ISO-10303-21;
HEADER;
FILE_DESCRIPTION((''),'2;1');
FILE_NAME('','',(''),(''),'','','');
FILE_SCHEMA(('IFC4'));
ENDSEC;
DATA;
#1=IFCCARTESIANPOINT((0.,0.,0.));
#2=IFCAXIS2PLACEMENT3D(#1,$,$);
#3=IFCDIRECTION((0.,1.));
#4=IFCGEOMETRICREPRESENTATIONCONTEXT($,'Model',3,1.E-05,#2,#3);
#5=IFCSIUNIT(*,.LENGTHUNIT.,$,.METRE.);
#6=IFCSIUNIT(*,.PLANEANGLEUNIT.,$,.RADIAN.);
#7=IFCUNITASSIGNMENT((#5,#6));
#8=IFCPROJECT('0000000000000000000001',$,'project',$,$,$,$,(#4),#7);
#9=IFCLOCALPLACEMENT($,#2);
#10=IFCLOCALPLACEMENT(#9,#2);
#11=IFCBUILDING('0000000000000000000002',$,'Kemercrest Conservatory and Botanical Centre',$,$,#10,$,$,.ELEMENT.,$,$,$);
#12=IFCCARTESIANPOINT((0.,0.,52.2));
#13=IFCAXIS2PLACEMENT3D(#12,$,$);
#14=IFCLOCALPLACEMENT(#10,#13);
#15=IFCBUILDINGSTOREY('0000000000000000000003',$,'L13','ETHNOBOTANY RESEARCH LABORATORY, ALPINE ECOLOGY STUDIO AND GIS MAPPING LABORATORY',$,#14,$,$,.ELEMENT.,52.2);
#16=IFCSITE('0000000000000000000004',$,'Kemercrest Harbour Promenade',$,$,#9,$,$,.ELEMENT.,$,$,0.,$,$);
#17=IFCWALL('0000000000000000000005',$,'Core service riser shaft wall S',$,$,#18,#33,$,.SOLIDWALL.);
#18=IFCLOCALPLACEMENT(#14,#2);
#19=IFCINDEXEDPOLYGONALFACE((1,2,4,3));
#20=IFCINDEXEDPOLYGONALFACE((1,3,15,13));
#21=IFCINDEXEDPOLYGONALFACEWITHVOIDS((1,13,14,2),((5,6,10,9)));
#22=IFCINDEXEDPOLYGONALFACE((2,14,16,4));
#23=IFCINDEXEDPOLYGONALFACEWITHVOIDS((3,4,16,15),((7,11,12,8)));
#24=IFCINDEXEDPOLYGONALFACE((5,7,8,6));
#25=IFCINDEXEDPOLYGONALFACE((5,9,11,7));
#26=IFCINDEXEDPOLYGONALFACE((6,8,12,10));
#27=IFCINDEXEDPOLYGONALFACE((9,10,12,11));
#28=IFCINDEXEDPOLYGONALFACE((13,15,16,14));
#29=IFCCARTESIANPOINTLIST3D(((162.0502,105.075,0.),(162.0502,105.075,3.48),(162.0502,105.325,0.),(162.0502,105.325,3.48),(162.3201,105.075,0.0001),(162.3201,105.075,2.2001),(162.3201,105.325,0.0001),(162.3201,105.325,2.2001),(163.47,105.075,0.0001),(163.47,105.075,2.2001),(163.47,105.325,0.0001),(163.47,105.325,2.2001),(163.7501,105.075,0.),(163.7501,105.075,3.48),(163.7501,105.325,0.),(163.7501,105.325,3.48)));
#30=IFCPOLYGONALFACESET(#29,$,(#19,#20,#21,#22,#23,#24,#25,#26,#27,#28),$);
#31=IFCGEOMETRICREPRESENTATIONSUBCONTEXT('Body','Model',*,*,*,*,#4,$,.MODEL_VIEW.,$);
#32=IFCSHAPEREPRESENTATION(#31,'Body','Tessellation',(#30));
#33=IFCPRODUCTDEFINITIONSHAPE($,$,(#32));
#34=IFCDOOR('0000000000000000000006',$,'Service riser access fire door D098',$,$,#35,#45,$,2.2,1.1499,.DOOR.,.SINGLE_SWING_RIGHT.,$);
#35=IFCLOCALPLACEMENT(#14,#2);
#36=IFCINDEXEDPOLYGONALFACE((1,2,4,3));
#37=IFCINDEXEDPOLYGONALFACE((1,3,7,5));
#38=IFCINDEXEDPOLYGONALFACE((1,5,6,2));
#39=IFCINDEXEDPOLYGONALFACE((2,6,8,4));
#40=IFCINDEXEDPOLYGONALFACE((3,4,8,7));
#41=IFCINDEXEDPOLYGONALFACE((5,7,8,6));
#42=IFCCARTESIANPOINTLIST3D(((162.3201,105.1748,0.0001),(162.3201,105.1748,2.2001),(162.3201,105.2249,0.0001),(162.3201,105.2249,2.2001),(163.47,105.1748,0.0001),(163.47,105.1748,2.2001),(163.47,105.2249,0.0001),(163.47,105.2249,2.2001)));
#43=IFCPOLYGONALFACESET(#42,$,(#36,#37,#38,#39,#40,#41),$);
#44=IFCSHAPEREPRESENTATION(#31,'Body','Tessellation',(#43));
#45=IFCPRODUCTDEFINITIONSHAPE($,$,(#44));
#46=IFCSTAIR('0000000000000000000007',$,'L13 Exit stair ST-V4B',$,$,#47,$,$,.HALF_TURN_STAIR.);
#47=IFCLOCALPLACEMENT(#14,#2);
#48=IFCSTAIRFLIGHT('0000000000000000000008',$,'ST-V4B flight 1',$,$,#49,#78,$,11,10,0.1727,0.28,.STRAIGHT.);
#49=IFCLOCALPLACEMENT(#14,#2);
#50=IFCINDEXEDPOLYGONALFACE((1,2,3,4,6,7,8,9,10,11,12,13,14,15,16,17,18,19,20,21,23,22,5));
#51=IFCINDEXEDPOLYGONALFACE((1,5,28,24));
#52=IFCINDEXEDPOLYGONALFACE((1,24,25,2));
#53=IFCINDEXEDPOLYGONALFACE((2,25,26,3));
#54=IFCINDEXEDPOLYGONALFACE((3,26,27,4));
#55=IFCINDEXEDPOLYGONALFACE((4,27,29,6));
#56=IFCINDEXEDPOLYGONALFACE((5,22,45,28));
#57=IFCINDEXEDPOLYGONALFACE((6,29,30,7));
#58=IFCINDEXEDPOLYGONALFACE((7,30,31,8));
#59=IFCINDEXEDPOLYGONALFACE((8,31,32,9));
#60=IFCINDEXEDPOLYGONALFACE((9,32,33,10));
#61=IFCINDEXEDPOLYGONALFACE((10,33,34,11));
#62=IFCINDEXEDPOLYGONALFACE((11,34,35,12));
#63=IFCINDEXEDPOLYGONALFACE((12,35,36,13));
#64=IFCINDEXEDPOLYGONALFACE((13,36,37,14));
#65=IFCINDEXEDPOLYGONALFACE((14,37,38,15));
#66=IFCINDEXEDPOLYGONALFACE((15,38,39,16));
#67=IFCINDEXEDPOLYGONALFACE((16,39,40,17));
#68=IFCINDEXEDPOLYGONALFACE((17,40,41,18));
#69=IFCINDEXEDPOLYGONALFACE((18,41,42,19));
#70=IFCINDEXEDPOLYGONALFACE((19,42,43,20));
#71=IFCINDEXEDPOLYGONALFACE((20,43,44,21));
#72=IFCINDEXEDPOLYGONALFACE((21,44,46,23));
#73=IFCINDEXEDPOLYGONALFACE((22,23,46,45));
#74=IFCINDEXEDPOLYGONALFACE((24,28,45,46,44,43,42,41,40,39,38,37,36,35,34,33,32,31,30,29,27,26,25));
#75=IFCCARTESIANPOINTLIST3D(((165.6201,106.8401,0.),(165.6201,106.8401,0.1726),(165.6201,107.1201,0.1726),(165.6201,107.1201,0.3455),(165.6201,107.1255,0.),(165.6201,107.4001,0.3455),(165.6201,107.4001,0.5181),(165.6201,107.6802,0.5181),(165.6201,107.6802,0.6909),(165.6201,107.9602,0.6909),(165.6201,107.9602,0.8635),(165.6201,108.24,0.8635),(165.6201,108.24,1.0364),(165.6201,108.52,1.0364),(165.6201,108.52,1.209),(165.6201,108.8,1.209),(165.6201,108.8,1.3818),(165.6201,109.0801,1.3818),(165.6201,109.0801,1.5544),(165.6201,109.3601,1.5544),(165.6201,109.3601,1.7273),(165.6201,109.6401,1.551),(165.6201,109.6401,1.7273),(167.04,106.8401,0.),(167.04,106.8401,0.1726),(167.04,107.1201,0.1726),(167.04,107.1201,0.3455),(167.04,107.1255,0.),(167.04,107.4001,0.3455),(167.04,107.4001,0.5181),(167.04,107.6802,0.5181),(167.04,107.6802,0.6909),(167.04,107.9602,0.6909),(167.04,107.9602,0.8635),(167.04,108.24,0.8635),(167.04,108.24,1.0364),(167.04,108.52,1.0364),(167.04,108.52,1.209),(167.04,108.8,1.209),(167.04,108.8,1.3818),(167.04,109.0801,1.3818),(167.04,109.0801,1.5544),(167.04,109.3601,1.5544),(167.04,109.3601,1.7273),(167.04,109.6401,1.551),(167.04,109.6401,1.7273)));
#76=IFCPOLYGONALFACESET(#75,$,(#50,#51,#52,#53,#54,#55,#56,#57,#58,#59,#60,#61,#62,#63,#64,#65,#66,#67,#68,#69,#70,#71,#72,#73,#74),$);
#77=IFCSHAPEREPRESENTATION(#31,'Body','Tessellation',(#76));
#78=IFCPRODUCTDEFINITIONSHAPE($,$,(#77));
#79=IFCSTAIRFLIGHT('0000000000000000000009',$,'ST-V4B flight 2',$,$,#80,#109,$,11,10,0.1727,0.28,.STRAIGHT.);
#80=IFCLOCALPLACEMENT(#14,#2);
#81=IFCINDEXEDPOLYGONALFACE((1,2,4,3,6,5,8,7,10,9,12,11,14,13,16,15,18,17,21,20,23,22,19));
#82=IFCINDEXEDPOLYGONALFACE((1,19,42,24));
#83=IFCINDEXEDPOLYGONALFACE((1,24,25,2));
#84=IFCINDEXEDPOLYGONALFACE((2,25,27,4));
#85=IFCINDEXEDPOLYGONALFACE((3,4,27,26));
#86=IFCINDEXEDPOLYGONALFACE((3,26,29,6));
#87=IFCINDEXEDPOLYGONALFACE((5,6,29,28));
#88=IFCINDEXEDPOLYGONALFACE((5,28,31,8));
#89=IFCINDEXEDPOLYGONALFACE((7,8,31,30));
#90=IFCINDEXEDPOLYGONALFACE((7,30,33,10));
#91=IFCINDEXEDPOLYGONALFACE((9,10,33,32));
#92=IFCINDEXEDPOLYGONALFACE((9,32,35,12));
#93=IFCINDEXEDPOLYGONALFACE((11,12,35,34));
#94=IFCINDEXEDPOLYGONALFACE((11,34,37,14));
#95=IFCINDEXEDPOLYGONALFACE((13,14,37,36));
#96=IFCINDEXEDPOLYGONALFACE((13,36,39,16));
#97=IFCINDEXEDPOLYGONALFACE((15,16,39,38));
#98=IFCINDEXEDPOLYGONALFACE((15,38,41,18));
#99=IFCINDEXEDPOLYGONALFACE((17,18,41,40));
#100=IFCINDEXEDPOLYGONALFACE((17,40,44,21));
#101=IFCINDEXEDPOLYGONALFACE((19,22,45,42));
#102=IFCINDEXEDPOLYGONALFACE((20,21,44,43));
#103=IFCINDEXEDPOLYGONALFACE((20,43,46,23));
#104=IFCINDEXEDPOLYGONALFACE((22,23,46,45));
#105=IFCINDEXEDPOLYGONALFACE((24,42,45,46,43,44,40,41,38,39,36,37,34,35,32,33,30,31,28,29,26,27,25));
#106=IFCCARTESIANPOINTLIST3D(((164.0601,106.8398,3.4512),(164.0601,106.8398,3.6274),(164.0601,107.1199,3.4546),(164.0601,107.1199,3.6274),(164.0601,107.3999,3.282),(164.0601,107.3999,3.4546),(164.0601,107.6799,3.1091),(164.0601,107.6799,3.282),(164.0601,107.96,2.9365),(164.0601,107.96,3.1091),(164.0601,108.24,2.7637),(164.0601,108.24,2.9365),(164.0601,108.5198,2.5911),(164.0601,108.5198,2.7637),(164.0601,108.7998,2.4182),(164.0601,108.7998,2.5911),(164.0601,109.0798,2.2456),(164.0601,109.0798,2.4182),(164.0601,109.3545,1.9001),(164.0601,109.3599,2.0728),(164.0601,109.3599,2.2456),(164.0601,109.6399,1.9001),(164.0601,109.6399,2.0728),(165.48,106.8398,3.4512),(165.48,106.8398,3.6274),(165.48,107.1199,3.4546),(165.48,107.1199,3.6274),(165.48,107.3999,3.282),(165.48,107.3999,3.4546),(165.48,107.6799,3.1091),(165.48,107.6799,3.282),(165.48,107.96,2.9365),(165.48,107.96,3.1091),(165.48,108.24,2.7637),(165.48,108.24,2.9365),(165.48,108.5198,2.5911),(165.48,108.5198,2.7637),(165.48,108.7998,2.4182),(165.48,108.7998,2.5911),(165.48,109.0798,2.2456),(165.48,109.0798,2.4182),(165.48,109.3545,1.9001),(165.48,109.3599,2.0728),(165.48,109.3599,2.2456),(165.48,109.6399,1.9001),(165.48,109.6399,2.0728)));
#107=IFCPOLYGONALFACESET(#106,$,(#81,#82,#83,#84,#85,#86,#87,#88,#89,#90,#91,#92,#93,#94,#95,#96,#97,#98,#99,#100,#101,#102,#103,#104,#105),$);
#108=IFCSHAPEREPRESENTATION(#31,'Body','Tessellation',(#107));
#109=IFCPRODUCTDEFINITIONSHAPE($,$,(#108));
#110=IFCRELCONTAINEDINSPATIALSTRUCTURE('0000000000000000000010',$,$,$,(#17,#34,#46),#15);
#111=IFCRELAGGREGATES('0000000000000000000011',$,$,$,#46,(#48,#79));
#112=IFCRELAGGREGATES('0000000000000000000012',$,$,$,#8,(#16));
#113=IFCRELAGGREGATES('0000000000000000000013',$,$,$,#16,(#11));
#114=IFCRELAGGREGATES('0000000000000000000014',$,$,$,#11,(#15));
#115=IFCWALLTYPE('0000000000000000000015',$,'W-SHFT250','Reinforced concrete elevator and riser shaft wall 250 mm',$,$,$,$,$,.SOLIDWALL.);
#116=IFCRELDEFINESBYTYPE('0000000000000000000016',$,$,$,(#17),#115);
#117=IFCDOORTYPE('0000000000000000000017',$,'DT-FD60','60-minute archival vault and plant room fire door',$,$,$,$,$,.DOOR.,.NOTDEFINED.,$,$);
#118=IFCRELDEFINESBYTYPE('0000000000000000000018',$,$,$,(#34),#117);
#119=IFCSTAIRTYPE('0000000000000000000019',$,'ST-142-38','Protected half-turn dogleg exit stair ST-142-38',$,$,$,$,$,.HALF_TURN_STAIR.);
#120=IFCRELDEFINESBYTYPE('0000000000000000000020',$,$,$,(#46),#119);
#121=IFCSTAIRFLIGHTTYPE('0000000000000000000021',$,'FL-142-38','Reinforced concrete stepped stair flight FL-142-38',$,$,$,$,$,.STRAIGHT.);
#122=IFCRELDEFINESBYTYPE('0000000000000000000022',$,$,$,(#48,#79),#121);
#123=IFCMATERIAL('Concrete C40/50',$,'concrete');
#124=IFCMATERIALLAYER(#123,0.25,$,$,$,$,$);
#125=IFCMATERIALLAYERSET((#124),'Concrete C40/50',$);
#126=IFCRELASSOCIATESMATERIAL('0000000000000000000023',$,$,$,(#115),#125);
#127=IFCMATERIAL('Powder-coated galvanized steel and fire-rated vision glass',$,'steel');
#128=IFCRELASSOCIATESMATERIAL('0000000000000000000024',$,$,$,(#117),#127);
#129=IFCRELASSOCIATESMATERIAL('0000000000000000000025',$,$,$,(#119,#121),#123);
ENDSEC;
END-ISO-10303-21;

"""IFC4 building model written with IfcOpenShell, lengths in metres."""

from ifc_helpers import new_model, si_unit, direction, frame, frame_2d, origin, place, context, subcontext, project, spatial, polyline, rectangle, outline, extrude, material, layer, layer_set, type_object, element, fill, aggregate, save


model = new_model("IFC4")

# Units and contexts
model_context = context("Model", 3, precision=1e-05, world=origin(), true_north=direction((0.0, 1.0)))
body_context = subcontext(model_context, "Body", "Model", "MODEL_VIEW")
ifc_project = project(units=[si_unit("LENGTHUNIT", "METRE"), si_unit("PLANEANGLEUNIT", "RADIAN")], contexts=[model_context])

# Site, building, storey
site_placement = place(None, origin())
site = spatial("IfcSite", under=ifc_project, at=site_placement, Name="Kemercrest Harbour Promenade", CompositionType="ELEMENT", RefElevation=0.0)
building_placement = place(site_placement, origin())
building = spatial("IfcBuilding", under=site, at=building_placement, Name="Kemercrest Conservatory and Botanical Centre", CompositionType="ELEMENT")
storey_placement = place(building_placement, frame((0.0, 0.0, 52.2)))
storey = spatial("IfcBuildingStorey", under=building, at=storey_placement, Name="L13", Description="ETHNOBOTANY RESEARCH LABORATORY, ALPINE ECOLOGY STUDIO AND GIS MAPPING LABORATORY", CompositionType="ELEMENT", Elevation=52.2)

# Shared definitions
ifc_material_1 = material(Name="Powder-coated galvanized steel and fire-rated vision glass", Category="steel")

# Shared definitions
ifc_material_2 = material(Name="Concrete C40/50", Category="concrete")
ifc_layer_1 = layer(ifc_material_2, 0.25)
ifc_layer_set_1 = layer_set([ifc_layer_1], Name="Concrete C40/50")
wall_type_1 = type_object("IfcWallType", Name="W-SHFT250", Description="Reinforced concrete elevator and riser shaft wall 250 mm", PredefinedType="SOLIDWALL", material=ifc_layer_set_1)

# Wall, opening, door
wall_1_placement = place(storey_placement, frame((162.05, 105.2, 0.0), z_axis=(0.0, 0.0, 1.0), x_axis=(1.0, 0.0, 0.0)))
wall_1 = element("IfcWall", 1, at=wall_1_placement, inside=storey, type_object=wall_type_1, Name="Core service riser shaft wall S", PredefinedType="SOLIDWALL", context=body_context, shape_type="SweptSolid", body=[
    extrude(rectangle(XDim=1.7, YDim=0.25, at=frame_2d((0.8501, 0.0))), origin(), (0.0, 0.0, 1.0), 3.48),
])
opening_1_placement = place(wall_1_placement, frame((0.27, 0.0, 0.0)))
opening_1 = element("IfcOpeningElement", 2, at=opening_1_placement, cuts=wall_1, PredefinedType="OPENING", context=body_context, shape_type="SweptSolid", body=[
    extrude(rectangle(XDim=1.1499, YDim=2.2, at=frame_2d((0.575, 1.1001))), frame((0.0, 0.135, 0.0), z_axis=(0.0, -1.0, 0.0), x_axis=(1.0, 0.0, 0.0)), (0.0, 0.0, 1.0), 0.27),
])
door_type_1 = type_object("IfcDoorType", Name="DT-FD60", Description="60-minute archival vault and plant room fire door", OperationType="NOTDEFINED", PredefinedType="DOOR", material=ifc_material_1)
door_1_placement = place(opening_1_placement, origin())
door_1 = element("IfcDoor", 3, at=door_1_placement, inside=storey, type_object=door_type_1, Name="Service riser access fire door D098", OperationType="SINGLE_SWING_RIGHT", OverallHeight=2.2, OverallWidth=1.1499, PredefinedType="DOOR", context=body_context, shape_type="SweptSolid", body=[
    extrude(rectangle(XDim=1.1499, YDim=2.2, at=frame_2d((0.575, 1.1001))), frame((0.0, 0.0249, 0.0), z_axis=(0.0, -1.0, 0.0), x_axis=(1.0, 0.0, 0.0)), (0.0, 0.0, 1.0), 0.05),
])
fill(opening_1, door_1)

# Stair, stair flights
stair_type = type_object("IfcStairType", Name="ST-142-38", Description="Protected half-turn dogleg exit stair ST-142-38", PredefinedType="HALF_TURN_STAIR", material=ifc_material_2)
stair_placement = place(storey_placement, origin())
stair = element("IfcStair", 4, at=stair_placement, inside=storey, type_object=stair_type, Name="L13 Exit stair ST-V4B", PredefinedType="HALF_TURN_STAIR")
stair_flight_type = type_object("IfcStairFlightType", Name="FL-142-38", Description="Reinforced concrete stepped stair flight FL-142-38", PredefinedType="STRAIGHT", material=ifc_material_2)
stair_flight_1_placement = place(storey_placement, frame((166.3301, 106.8401, 0.0), z_axis=(0.0, 0.0, 1.0), x_axis=(0.0, 1.0, 0.0)))
stair_flight_1 = element("IfcStairFlight", 5, at=stair_flight_1_placement, type_object=stair_flight_type, Name="ST-V4B flight 1", NumberOfRisers=11, NumberOfTreads=10, PredefinedType="STRAIGHT", RiserHeight=0.1727, TreadLength=0.28, context=body_context, shape_type="SweptSolid", body=[
    extrude(outline(polyline([(0.0, 0.0), (0.0, 0.1726), (0.28, 0.1726), (0.28, 0.3455), (0.5601, 0.3455), (0.5601, 0.5181), (0.8401, 0.5181), (0.8401, 0.6909), (1.1201, 0.6909), (1.1201, 0.8635), (1.3999, 0.8635), (1.3999, 1.0364), (1.6799, 1.0364), (1.6799, 1.209), (1.96, 1.209), (1.96, 1.3818), (2.24, 1.3818), (2.24, 1.5544), (2.52, 1.5544), (2.52, 1.7273), (2.8, 1.7273), (2.8, 1.8999), (2.8, 1.551), (0.2854, 0.0), (0.0, 0.0)])), frame((0.0, 0.71, 0.0), z_axis=(0.0, -1.0, 0.0), x_axis=(1.0, 0.0, 0.0)), (0.0, 0.0, 1.0), 1.4199),
])
stair_flight_2_placement = place(storey_placement, frame((164.77, 109.6399, 1.9001), z_axis=(0.0, 0.0, 1.0), x_axis=(0.0, -1.0, 0.0)))
stair_flight_2 = element("IfcStairFlight", 6, at=stair_flight_2_placement, type_object=stair_flight_type, Name="ST-V4B flight 2", NumberOfRisers=11, NumberOfTreads=10, PredefinedType="STRAIGHT", RiserHeight=0.1727, TreadLength=0.28, context=body_context, shape_type="SweptSolid", body=[
    extrude(outline(polyline([(0.0, 0.0), (0.0, 0.1726), (0.28, 0.1726), (0.28, 0.3455), (0.5601, 0.3455), (0.5601, 0.5181), (0.8401, 0.5181), (0.8401, 0.6909), (1.1201, 0.6909), (1.1201, 0.8635), (1.3999, 0.8635), (1.3999, 1.0364), (1.6799, 1.0364), (1.6799, 1.209), (1.96, 1.209), (1.96, 1.3818), (2.24, 1.3818), (2.24, 1.5544), (2.52, 1.5544), (2.52, 1.7273), (2.8, 1.7273), (2.8, 1.8999), (2.8, 1.551), (0.2854, 0.0), (0.0, 0.0)])), frame((0.0, 0.71, 0.0), z_axis=(0.0, -1.0, 0.0), x_axis=(1.0, 0.0, 0.0)), (0.0, 0.0, 1.0), 1.4199),
])
aggregate(stair, [stair_flight_1, stair_flight_2])

save(model, "model.ifc")
